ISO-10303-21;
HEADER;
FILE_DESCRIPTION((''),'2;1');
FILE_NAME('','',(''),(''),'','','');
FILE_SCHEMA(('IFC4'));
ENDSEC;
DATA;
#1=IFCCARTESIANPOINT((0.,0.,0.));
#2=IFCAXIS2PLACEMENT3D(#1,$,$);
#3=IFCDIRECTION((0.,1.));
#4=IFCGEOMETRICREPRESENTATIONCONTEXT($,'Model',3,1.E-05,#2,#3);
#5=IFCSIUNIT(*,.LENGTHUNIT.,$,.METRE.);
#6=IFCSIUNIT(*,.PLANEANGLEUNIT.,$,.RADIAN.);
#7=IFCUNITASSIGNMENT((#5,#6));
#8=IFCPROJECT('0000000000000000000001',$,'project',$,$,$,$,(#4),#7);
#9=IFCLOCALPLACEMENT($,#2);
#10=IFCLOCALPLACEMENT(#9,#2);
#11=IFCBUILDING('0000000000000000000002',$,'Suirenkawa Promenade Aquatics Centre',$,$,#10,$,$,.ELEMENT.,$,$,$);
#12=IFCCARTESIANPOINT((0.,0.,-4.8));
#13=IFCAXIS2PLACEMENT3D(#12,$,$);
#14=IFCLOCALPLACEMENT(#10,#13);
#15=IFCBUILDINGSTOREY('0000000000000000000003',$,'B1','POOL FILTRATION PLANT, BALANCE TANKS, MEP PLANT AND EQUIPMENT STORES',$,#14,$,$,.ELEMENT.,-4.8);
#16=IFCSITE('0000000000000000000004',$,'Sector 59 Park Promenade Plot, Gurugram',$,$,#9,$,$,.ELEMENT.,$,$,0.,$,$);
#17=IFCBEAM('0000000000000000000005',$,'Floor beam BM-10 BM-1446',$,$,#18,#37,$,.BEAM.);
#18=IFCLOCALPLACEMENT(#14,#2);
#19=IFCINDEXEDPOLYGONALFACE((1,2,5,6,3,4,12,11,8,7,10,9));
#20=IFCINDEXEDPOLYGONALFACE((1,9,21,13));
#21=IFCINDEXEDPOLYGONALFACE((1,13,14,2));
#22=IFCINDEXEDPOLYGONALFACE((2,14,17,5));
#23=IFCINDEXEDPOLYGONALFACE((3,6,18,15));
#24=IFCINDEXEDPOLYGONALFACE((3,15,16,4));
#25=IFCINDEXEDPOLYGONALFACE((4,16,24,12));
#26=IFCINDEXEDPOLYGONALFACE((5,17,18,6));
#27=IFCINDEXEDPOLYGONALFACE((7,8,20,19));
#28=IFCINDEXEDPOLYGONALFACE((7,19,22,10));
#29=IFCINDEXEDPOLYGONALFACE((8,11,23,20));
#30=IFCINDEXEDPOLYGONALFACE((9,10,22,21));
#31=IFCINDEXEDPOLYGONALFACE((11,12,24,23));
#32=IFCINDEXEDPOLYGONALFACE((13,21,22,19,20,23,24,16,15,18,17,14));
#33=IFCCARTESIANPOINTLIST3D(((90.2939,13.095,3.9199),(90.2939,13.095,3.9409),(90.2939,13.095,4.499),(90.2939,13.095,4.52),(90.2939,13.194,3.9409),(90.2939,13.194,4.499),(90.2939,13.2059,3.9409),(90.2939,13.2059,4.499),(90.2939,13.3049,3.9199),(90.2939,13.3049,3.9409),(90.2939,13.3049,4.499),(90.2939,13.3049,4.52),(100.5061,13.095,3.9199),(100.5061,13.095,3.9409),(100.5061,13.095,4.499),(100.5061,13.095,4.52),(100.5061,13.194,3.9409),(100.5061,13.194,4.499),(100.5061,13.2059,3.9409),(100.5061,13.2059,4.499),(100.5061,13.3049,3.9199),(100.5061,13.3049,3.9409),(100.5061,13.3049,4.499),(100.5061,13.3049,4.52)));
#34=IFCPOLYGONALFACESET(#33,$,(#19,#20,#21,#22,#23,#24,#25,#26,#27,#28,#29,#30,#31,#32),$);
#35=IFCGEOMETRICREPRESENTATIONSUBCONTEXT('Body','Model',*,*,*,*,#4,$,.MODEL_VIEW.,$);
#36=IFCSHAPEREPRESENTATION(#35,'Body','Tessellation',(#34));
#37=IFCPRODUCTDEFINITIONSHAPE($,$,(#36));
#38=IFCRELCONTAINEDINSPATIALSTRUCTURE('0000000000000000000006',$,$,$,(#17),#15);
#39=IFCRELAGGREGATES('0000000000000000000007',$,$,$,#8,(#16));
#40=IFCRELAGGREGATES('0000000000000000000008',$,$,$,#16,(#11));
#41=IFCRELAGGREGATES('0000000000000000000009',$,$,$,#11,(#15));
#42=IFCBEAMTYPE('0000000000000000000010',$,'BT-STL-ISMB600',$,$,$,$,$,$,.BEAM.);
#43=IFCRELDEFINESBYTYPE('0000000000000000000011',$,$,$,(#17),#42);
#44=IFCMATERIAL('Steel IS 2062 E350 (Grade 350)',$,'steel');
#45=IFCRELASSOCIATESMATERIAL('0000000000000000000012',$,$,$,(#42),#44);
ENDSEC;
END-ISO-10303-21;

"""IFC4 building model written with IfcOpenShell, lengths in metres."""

from ifc_helpers import new_model, si_unit, direction, frame, origin, origin_2d, place, context, subcontext, project, spatial, i_section, extrude, material, material_profile, profile_set, type_object, element, save


model = new_model("IFC4")

# Units and contexts
model_context = context("Model", 3, precision=1e-05, world=origin(), true_north=direction((0.0, 1.0)))
body_context = subcontext(model_context, "Body", "Model", "MODEL_VIEW")
ifc_project = project(units=[si_unit("LENGTHUNIT", "METRE"), si_unit("PLANEANGLEUNIT", "RADIAN")], contexts=[model_context])

# Site, building, storey
site_placement = place(None, origin())
site = spatial("IfcSite", under=ifc_project, at=site_placement, Name="Sector 59 Park Promenade Plot, Gurugram", CompositionType="ELEMENT", RefElevation=0.0)
building_placement = place(site_placement, origin())
building = spatial("IfcBuilding", under=site, at=building_placement, Name="Suirenkawa Promenade Aquatics Centre", CompositionType="ELEMENT")
storey_placement = place(building_placement, frame((0.0, 0.0, -4.8)))
storey = spatial("IfcBuildingStorey", under=building, at=storey_placement, Name="B1", Description="POOL FILTRATION PLANT, BALANCE TANKS, MEP PLANT AND EQUIPMENT STORES", CompositionType="ELEMENT", Elevation=-4.8)

# Beam
ifc_material_1 = material(Name="Steel IS 2062 E350 (Grade 350)", Category="steel")
ifc_material_profile_1 = material_profile(ifc_material_1, i_section(OverallWidth=0.21, OverallDepth=0.6001, WebThickness=0.012, FlangeThickness=0.021, at=origin_2d()), Name="ISMB 600", Category="steel")
ifc_profile_set_1 = profile_set([ifc_material_profile_1], Name="Steel IS 2062 E350 (Grade 350)")
beam_type_1 = type_object("IfcBeamType", Name="BT-STL-ISMB600", PredefinedType="BEAM", material=ifc_profile_set_1)
for number, where, z_axis, x_axis, name in (
    (1, (90.2939, 13.2, 4.22), (1.0, 0.0, 0.0), (0.0, 1.0, 0.0), "Floor beam BM-10 BM-1446"),
):
    element("IfcBeam", number, at=place(storey_placement, frame(where, z_axis=z_axis, x_axis=x_axis)), inside=storey, type_object=beam_type_1, Name=name, PredefinedType="BEAM", context=body_context, shape_type="SweptSolid", body=[
        extrude(i_section(OverallWidth=0.21, OverallDepth=0.6001, WebThickness=0.012, FlangeThickness=0.021, at=origin_2d()), origin(), (0.0, 0.0, 1.0), 10.2122),
    ])

save(model, "model.ifc")
